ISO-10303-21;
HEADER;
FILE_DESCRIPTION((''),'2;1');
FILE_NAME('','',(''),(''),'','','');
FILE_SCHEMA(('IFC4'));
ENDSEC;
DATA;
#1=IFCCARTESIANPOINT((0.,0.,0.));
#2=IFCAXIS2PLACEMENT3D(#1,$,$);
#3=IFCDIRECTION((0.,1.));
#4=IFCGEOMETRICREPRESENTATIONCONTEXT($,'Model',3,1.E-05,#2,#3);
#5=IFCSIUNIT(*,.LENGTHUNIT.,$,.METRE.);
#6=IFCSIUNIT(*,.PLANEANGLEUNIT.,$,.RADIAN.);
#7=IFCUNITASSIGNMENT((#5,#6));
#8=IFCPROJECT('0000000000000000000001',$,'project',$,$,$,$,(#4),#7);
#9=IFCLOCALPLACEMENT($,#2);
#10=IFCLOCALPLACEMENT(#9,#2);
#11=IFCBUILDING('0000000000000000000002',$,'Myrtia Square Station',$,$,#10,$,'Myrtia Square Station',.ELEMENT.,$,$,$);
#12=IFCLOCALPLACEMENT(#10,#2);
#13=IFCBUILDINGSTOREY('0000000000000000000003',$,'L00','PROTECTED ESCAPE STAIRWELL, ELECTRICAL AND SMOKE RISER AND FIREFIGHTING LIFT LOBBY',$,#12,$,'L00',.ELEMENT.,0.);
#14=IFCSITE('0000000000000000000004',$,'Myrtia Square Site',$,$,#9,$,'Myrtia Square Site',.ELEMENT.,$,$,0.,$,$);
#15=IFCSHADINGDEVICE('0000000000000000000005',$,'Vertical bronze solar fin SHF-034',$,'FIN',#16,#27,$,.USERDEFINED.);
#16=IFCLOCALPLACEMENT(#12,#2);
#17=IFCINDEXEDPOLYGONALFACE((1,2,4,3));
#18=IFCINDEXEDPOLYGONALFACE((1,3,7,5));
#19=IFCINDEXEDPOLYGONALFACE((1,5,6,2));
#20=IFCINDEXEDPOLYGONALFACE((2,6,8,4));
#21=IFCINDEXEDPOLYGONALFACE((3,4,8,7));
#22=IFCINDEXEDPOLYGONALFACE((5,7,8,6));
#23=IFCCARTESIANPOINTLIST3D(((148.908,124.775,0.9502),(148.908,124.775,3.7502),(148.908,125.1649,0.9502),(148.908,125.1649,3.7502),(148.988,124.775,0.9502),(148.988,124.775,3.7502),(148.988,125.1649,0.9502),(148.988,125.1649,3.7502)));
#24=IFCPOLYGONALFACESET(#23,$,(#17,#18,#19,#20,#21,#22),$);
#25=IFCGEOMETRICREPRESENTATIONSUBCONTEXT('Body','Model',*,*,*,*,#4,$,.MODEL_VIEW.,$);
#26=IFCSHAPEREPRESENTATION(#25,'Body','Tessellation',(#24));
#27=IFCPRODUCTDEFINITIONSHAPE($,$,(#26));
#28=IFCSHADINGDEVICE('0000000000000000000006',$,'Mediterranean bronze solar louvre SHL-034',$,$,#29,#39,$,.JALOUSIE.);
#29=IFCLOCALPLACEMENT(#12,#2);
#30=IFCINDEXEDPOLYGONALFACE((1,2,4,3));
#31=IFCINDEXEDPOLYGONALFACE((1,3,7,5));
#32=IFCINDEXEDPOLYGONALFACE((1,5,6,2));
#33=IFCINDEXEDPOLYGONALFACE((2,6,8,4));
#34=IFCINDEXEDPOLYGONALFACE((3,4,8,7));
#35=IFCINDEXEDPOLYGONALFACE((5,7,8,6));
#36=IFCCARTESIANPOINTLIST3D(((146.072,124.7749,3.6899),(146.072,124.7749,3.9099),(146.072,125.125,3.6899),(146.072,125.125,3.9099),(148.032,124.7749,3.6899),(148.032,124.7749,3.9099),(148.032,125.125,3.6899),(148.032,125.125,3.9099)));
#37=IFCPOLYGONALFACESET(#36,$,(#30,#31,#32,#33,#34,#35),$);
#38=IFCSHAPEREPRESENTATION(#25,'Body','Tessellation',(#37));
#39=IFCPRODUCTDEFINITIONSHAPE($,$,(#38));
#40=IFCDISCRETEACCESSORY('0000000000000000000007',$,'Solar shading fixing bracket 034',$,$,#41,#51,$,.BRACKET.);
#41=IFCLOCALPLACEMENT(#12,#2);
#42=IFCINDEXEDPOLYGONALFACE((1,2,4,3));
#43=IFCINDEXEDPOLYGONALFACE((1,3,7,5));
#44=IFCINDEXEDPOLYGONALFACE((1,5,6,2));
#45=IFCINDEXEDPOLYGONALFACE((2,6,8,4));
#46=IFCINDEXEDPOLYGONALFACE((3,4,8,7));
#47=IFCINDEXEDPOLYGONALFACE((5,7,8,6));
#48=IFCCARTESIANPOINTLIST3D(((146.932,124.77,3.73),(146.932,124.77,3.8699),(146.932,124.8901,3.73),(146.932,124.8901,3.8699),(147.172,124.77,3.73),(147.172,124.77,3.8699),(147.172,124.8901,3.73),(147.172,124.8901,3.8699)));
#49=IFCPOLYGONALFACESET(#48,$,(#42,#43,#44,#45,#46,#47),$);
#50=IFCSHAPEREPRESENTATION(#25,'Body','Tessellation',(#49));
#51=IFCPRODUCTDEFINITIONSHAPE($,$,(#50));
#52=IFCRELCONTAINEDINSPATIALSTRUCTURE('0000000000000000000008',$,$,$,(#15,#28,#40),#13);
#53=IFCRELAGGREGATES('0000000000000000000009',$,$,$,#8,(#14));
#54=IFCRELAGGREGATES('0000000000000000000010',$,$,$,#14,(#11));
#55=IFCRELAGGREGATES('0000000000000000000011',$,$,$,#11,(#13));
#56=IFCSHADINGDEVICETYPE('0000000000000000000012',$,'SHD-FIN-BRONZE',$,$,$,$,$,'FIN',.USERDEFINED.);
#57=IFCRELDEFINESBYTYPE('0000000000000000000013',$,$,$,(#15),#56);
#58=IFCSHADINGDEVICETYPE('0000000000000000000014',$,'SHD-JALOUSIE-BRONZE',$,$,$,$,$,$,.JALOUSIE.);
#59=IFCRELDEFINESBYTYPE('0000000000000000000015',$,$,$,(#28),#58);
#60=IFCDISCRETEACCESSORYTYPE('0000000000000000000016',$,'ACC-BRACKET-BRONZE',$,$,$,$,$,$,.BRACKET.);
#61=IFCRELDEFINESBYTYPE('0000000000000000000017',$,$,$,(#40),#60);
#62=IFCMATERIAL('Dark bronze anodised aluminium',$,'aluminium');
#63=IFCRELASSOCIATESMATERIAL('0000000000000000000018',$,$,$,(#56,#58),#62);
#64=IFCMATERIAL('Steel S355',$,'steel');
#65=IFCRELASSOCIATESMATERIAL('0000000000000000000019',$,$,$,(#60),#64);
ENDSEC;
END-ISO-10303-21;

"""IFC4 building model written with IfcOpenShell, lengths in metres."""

from ifc_helpers import new_model, si_unit, direction, frame, origin, origin_2d, place, context, subcontext, project, spatial, rectangle, extrude, material, type_object, element, save


model = new_model("IFC4")

# Units and contexts
model_context = context("Model", 3, precision=1e-05, world=origin(), true_north=direction((0.0, 1.0)))
body_context = subcontext(model_context, "Body", "Model", "MODEL_VIEW")
ifc_project = project(units=[si_unit("LENGTHUNIT", "METRE"), si_unit("PLANEANGLEUNIT", "RADIAN")], contexts=[model_context])

# Site, building, storey
site_placement = place(None, origin())
site = spatial("IfcSite", under=ifc_project, at=site_placement, Name="Myrtia Square Site", LongName="Myrtia Square Site", CompositionType="ELEMENT", RefElevation=0.0)
building_placement = place(site_placement, origin())
building = spatial("IfcBuilding", under=site, at=building_placement, Name="Myrtia Square Station", LongName="Myrtia Square Station", CompositionType="ELEMENT")
storey_placement = place(building_placement, origin())
storey = spatial("IfcBuildingStorey", under=building, at=storey_placement, Name="L00", Description="PROTECTED ESCAPE STAIRWELL, ELECTRICAL AND SMOKE RISER AND FIREFIGHTING LIFT LOBBY", LongName="L00", CompositionType="ELEMENT", Elevation=0.0)

# Shared definitions
ifc_material_1 = material(Name="Steel S355", Category="steel")

# Shading devices
ifc_material_2 = material(Name="Dark bronze anodised aluminium", Category="aluminium")
shading_device_type_1 = type_object("IfcShadingDeviceType", Name="SHD-FIN-BRONZE", ElementType="FIN", PredefinedType="USERDEFINED", material=ifc_material_2)
for number, where, z_axis, x_axis, name in (
    (1, (148.948, 124.97, 0.9502), (0.0, 0.0, 1.0), (1.0, 0.0, 0.0), "Vertical bronze solar fin SHF-034"),
):
    element("IfcShadingDevice", number, at=place(storey_placement, frame(where, z_axis=z_axis, x_axis=x_axis)), inside=storey, type_object=shading_device_type_1, Name=name, ObjectType="FIN", PredefinedType="USERDEFINED", context=body_context, shape_type="SweptSolid", body=[
        extrude(rectangle(XDim=0.0801, YDim=0.3899, at=origin_2d()), origin(), (0.0, 0.0, 1.0), 2.8),
    ])
shading_device_type_2 = type_object("IfcShadingDeviceType", Name="SHD-JALOUSIE-BRONZE", PredefinedType="JALOUSIE", material=ifc_material_2)
shading_device_placement = place(storey_placement, frame((147.052, 124.95, 3.6899), z_axis=(0.0, 0.0, 1.0), x_axis=(1.0, 0.0, 0.0)))
element("IfcShadingDevice", 2, at=shading_device_placement, inside=storey, type_object=shading_device_type_2, Name="Mediterranean bronze solar louvre SHL-034", PredefinedType="JALOUSIE", context=body_context, shape_type="SweptSolid", body=[
    extrude(rectangle(XDim=1.96, YDim=0.3501, at=origin_2d()), origin(), (0.0, 0.0, 1.0), 0.22),
])

# Discrete accessory
discrete_accessory_type = type_object("IfcDiscreteAccessoryType", Name="ACC-BRACKET-BRONZE", PredefinedType="BRACKET", material=ifc_material_1)
discrete_accessory_placement = place(storey_placement, frame((147.052, 124.8301, 3.73), z_axis=(0.0, 0.0, 1.0), x_axis=(1.0, 0.0, 0.0)))
element("IfcDiscreteAccessory", 3, at=discrete_accessory_placement, inside=storey, type_object=discrete_accessory_type, Name="Solar shading fixing bracket 034", PredefinedType="BRACKET", context=body_context, shape_type="SweptSolid", body=[
    extrude(rectangle(XDim=0.24, YDim=0.1201, at=origin_2d()), origin(), (0.0, 0.0, 1.0), 0.1399),
])

save(model, "model.ifc")
